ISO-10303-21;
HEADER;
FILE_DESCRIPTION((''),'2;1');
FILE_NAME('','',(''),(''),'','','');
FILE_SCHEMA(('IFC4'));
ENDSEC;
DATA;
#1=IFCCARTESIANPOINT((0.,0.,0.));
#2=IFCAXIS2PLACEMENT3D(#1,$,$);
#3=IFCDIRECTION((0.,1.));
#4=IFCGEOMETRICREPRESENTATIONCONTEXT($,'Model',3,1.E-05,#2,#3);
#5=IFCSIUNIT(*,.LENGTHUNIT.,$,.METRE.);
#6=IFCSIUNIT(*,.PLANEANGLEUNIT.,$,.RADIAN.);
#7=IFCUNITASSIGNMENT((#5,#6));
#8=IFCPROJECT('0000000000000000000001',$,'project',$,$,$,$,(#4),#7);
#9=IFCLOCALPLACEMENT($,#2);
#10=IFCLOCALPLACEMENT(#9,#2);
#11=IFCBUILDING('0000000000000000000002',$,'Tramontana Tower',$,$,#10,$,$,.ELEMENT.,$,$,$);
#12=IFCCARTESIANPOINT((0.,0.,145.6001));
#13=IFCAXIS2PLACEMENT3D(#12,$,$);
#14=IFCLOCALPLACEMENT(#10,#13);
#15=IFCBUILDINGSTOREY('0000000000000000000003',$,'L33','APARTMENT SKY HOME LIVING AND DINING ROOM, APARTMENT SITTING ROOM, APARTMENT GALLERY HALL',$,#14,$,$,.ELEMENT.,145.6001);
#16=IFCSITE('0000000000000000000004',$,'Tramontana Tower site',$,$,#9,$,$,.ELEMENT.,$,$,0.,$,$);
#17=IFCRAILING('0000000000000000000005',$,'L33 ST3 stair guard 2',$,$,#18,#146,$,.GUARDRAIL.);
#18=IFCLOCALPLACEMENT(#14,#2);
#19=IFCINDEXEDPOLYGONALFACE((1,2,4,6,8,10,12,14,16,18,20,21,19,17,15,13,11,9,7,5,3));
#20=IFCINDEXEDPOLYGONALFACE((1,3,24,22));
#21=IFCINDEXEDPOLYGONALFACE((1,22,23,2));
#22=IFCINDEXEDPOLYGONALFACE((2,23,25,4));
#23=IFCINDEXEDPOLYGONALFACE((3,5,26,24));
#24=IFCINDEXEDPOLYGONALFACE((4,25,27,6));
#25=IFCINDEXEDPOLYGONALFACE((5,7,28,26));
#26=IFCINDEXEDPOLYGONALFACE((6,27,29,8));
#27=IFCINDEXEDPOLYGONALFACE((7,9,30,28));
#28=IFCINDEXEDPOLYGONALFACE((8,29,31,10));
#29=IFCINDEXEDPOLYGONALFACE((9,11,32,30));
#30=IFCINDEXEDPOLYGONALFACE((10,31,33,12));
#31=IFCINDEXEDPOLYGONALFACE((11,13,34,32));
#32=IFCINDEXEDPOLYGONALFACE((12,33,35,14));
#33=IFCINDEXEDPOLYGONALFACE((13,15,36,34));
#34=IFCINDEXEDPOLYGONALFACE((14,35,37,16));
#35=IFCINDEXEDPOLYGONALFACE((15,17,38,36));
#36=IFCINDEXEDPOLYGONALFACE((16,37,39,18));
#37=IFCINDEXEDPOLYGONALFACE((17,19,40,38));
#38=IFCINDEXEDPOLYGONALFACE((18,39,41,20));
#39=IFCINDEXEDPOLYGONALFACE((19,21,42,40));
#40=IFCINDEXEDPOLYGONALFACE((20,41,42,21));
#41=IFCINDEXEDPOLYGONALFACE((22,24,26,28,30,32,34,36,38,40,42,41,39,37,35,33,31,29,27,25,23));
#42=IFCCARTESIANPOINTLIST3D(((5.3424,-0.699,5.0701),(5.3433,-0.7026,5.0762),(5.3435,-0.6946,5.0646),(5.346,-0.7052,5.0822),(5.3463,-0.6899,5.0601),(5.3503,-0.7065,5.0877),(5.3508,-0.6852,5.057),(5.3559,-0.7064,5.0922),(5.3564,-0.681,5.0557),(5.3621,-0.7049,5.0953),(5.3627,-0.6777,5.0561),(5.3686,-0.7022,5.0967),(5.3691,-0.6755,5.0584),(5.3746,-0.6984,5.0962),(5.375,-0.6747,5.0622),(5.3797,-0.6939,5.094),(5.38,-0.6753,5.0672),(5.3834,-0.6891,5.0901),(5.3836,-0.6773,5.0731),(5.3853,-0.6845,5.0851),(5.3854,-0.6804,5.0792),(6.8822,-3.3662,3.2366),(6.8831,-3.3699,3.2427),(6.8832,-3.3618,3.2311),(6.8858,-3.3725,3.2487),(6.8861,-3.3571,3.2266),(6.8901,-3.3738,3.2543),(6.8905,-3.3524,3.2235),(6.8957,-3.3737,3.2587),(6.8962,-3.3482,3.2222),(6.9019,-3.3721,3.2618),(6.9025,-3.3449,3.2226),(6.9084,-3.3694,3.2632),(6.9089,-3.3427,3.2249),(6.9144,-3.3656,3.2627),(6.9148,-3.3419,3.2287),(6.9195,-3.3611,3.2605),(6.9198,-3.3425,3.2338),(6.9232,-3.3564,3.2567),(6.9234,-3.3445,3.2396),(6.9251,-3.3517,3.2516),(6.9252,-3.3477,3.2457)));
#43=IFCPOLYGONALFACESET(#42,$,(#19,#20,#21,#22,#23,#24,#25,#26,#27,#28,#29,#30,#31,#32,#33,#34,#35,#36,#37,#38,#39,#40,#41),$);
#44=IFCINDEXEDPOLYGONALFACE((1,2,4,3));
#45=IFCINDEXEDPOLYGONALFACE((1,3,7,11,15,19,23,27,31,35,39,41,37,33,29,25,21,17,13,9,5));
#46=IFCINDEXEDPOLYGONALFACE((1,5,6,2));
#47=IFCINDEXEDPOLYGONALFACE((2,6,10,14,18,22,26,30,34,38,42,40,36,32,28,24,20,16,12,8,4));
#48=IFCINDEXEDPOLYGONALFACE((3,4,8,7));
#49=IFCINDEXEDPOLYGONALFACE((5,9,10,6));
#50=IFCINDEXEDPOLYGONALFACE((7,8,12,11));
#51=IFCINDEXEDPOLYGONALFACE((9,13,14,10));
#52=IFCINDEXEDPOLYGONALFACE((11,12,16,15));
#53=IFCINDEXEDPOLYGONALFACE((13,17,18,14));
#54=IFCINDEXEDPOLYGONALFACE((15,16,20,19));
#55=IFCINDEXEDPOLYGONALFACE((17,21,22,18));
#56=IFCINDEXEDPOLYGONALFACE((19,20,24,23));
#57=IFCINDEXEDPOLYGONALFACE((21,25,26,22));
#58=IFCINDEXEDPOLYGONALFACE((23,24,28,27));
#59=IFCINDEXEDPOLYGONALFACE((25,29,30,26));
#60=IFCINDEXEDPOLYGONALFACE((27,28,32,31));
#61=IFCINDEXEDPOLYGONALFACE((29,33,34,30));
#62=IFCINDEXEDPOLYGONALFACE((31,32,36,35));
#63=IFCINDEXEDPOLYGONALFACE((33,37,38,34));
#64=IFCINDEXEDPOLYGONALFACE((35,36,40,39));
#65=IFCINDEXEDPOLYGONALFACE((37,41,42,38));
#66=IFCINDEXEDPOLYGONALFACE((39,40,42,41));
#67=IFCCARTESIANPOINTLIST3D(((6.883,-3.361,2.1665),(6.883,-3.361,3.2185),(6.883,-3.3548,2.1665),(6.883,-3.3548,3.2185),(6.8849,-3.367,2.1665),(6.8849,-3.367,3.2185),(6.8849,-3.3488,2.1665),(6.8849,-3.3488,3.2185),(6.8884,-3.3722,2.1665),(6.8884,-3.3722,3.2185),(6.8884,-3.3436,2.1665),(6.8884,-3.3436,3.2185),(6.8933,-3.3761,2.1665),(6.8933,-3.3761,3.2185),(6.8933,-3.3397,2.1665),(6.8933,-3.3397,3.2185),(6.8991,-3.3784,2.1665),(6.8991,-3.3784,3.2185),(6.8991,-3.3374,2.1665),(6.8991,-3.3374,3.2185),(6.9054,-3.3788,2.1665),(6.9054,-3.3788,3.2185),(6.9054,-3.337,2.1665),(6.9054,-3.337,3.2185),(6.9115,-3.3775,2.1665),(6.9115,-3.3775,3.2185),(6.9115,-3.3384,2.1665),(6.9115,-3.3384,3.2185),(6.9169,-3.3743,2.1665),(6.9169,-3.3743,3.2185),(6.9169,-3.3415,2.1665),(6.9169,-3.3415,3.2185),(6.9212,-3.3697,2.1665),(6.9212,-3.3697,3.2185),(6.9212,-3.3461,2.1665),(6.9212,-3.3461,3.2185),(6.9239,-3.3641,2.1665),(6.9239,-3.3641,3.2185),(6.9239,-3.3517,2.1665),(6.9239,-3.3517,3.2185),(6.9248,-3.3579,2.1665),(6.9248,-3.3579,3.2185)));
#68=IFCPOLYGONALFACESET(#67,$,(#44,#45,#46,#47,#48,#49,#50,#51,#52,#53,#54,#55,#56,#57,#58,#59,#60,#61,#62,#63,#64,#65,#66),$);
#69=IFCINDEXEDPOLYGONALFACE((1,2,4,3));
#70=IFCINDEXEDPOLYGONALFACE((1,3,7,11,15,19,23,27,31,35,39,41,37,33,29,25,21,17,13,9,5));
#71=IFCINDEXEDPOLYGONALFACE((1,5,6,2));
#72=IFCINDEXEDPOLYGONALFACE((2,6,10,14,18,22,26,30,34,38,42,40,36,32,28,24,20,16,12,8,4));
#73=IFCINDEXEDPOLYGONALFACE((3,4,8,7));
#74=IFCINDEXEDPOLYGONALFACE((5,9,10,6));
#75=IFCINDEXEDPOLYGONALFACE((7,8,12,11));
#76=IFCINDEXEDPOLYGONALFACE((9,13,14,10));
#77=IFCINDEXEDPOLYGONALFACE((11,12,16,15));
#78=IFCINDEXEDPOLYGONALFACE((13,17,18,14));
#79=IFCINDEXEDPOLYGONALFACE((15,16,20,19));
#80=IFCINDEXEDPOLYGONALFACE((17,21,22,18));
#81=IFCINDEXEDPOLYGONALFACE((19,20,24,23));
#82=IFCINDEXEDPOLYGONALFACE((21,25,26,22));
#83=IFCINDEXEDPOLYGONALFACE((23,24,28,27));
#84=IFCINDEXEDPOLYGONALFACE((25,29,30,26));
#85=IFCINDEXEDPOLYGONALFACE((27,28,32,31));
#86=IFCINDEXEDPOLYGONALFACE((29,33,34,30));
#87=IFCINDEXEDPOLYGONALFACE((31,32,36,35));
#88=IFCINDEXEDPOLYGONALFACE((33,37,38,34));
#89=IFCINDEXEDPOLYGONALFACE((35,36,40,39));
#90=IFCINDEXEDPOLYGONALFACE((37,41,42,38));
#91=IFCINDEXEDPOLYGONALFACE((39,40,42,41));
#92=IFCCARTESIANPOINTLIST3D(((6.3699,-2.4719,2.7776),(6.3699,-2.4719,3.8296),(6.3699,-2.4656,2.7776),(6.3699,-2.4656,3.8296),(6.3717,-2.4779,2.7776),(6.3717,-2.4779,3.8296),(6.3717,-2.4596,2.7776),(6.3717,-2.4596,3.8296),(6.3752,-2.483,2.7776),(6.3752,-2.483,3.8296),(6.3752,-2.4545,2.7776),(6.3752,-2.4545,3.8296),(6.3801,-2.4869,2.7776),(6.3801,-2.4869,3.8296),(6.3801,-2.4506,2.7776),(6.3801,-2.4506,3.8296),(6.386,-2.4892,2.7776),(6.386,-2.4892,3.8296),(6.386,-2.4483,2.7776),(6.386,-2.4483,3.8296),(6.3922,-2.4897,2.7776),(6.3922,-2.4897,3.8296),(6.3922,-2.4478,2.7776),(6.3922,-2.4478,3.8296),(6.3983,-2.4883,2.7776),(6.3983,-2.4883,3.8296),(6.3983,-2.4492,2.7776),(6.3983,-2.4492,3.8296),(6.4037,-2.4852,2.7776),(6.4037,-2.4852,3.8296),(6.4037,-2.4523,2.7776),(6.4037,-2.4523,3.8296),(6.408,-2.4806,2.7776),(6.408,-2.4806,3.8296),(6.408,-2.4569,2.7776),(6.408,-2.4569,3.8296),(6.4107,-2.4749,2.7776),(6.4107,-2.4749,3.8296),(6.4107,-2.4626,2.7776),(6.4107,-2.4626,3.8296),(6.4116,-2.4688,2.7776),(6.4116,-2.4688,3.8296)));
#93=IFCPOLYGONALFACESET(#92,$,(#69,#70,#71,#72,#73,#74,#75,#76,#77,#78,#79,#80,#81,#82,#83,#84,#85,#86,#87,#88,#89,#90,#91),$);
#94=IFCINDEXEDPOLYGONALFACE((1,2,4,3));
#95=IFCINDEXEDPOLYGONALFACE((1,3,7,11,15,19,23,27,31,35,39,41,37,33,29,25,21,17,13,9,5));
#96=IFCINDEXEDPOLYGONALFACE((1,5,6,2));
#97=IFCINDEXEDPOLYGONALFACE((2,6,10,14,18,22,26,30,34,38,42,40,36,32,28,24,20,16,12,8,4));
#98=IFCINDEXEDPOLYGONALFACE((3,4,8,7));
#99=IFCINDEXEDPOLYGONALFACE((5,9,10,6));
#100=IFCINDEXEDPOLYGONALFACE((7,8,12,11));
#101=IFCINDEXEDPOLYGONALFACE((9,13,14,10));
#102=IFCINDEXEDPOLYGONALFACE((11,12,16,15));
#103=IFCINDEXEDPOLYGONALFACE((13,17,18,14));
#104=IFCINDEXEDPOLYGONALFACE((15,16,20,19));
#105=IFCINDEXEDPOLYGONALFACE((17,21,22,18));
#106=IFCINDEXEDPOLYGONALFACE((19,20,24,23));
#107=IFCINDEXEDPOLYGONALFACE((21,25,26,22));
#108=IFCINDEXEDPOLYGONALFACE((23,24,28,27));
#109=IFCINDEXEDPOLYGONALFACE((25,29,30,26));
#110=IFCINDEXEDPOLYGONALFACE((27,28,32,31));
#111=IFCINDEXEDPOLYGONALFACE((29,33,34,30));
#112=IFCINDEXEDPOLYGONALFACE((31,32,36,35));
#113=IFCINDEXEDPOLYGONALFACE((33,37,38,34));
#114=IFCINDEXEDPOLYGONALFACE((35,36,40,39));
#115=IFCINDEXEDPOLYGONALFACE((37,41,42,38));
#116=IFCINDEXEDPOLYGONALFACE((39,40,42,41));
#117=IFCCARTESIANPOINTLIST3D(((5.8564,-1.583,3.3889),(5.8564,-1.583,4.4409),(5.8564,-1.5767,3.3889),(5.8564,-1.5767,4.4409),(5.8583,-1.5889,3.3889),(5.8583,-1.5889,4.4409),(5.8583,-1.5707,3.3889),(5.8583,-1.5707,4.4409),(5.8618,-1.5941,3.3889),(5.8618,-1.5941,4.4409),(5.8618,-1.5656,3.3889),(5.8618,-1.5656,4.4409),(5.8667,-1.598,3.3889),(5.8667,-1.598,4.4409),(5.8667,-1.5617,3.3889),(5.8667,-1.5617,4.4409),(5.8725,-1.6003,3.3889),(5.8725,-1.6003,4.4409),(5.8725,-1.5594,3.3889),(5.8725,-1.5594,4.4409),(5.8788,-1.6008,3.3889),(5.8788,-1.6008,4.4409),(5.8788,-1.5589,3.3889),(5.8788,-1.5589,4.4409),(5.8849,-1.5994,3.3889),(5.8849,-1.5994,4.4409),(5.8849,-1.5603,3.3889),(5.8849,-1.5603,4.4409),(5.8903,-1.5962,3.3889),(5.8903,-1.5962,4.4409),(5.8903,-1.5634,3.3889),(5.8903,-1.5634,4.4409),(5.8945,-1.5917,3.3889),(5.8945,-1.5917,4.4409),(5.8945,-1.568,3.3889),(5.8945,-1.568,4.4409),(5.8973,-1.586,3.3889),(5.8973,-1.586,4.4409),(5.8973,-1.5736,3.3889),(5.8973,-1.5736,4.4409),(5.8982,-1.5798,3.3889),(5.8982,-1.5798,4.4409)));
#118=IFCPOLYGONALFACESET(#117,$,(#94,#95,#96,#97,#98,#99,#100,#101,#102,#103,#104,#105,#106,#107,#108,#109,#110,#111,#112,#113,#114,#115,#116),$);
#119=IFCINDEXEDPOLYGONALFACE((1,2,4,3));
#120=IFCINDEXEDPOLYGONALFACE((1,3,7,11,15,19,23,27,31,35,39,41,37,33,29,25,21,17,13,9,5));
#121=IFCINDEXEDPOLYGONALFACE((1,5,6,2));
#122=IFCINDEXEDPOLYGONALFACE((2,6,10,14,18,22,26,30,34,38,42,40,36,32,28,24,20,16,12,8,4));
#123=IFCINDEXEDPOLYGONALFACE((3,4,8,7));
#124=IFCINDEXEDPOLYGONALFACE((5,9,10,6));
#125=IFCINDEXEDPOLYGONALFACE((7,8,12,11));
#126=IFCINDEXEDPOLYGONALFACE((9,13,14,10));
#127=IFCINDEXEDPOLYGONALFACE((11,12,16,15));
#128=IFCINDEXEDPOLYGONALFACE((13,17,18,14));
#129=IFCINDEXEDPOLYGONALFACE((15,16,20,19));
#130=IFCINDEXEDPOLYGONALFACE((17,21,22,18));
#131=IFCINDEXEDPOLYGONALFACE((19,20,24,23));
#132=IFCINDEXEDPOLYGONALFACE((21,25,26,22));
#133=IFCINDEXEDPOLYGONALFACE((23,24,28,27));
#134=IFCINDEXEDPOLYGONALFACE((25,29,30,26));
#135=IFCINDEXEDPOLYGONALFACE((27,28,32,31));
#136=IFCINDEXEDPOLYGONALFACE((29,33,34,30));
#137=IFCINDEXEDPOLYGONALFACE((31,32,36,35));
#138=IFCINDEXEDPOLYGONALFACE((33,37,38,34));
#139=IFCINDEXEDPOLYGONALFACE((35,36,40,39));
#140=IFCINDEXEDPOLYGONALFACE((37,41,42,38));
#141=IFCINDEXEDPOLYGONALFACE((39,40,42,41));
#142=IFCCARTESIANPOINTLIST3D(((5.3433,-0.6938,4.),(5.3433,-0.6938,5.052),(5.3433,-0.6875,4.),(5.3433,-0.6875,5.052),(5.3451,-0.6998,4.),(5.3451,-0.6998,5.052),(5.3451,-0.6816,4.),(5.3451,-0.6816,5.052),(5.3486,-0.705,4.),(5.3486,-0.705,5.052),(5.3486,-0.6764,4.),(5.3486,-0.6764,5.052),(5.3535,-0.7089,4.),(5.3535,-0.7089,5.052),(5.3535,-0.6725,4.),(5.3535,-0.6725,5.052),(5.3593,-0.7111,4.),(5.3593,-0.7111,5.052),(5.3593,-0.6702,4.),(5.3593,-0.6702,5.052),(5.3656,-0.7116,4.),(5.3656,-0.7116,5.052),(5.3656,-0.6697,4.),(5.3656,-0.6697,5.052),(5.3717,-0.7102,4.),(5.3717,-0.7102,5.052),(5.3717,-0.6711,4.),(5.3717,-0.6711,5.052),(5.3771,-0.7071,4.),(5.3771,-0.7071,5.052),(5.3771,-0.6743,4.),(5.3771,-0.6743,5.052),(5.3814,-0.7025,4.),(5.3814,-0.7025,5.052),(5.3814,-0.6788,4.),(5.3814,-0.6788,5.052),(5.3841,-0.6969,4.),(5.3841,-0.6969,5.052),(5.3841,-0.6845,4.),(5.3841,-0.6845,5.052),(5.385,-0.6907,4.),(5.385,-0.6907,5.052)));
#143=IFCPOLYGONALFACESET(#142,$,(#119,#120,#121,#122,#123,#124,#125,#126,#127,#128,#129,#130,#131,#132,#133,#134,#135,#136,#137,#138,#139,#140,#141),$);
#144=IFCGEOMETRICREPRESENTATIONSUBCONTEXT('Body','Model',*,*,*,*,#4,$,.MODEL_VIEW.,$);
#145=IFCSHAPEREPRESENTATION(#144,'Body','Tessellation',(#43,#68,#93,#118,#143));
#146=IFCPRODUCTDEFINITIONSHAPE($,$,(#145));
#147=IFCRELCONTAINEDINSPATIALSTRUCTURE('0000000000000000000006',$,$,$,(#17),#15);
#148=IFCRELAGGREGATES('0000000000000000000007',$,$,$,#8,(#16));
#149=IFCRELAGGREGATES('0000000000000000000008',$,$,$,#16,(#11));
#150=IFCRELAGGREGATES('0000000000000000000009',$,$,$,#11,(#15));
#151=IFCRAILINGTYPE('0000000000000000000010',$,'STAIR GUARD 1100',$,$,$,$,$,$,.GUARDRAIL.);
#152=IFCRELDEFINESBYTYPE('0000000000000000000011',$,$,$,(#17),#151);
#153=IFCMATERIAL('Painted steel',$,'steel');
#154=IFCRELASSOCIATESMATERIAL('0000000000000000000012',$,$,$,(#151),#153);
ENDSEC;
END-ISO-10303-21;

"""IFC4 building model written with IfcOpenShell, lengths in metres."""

from ifc_helpers import new_model, si_unit, direction, frame, origin, origin_2d, place, context, subcontext, project, spatial, circle, extrude, material, type_object, element, save


model = new_model("IFC4")

# Units and contexts
model_context = context("Model", 3, precision=1e-05, world=origin(), true_north=direction((0.0, 1.0)))
body_context = subcontext(model_context, "Body", "Model", "MODEL_VIEW")
ifc_project = project(units=[si_unit("LENGTHUNIT", "METRE"), si_unit("PLANEANGLEUNIT", "RADIAN")], contexts=[model_context])

# Site, building, storey
site_placement = place(None, origin())
site = spatial("IfcSite", under=ifc_project, at=site_placement, Name="Tramontana Tower site", CompositionType="ELEMENT", RefElevation=0.0)
building_placement = place(site_placement, origin())
building = spatial("IfcBuilding", under=site, at=building_placement, Name="Tramontana Tower", CompositionType="ELEMENT")
storey_placement = place(building_placement, frame((0.0, 0.0, 145.6001)))
storey = spatial("IfcBuildingStorey", under=building, at=storey_placement, Name="L33", Description="APARTMENT SKY HOME LIVING AND DINING ROOM, APARTMENT SITTING ROOM, APARTMENT GALLERY HALL", CompositionType="ELEMENT", Elevation=145.6001)

# Railing
ifc_material_1 = material(Name="Painted steel", Category="steel")
railing_type_1 = type_object("IfcRailingType", Name="STAIR GUARD 1100", PredefinedType="GUARDRAIL", material=ifc_material_1)
railing_1_placement = place(storey_placement, frame((6.9038, -3.3579, 2.1665)))
element("IfcRailing", 1, at=railing_1_placement, inside=storey, type_object=railing_type_1, Name="L33 ST3 stair guard 2", PredefinedType="GUARDRAIL", context=body_context, shape_type="SweptSolid", body=[
    extrude(circle(Radius=0.0239, at=origin_2d()), frame((0.0, 0.0, 1.0762), z_axis=(-0.429601, 0.744155, 0.511543), x_axis=(-0.866044, -0.499967, 0.0)), (0.0, 0.0, 1.0), 3.5842),
    extrude(circle(Radius=0.021, at=origin_2d()), origin(), (0.0, 0.0, 1.0), 1.052),
    extrude(circle(Radius=0.021, at=origin_2d()), frame((-0.5132, 0.8892, 0.6111)), (0.0, 0.0, 1.0), 1.052),
    extrude(circle(Radius=0.021, at=origin_2d()), frame((-1.0266, 1.7781, 1.2224)), (0.0, 0.0, 1.0), 1.052),
    extrude(circle(Radius=0.021, at=origin_2d()), frame((-1.5398, 2.6672, 1.8335)), (0.0, 0.0, 1.0), 1.052),
])

save(model, "model.ifc")
